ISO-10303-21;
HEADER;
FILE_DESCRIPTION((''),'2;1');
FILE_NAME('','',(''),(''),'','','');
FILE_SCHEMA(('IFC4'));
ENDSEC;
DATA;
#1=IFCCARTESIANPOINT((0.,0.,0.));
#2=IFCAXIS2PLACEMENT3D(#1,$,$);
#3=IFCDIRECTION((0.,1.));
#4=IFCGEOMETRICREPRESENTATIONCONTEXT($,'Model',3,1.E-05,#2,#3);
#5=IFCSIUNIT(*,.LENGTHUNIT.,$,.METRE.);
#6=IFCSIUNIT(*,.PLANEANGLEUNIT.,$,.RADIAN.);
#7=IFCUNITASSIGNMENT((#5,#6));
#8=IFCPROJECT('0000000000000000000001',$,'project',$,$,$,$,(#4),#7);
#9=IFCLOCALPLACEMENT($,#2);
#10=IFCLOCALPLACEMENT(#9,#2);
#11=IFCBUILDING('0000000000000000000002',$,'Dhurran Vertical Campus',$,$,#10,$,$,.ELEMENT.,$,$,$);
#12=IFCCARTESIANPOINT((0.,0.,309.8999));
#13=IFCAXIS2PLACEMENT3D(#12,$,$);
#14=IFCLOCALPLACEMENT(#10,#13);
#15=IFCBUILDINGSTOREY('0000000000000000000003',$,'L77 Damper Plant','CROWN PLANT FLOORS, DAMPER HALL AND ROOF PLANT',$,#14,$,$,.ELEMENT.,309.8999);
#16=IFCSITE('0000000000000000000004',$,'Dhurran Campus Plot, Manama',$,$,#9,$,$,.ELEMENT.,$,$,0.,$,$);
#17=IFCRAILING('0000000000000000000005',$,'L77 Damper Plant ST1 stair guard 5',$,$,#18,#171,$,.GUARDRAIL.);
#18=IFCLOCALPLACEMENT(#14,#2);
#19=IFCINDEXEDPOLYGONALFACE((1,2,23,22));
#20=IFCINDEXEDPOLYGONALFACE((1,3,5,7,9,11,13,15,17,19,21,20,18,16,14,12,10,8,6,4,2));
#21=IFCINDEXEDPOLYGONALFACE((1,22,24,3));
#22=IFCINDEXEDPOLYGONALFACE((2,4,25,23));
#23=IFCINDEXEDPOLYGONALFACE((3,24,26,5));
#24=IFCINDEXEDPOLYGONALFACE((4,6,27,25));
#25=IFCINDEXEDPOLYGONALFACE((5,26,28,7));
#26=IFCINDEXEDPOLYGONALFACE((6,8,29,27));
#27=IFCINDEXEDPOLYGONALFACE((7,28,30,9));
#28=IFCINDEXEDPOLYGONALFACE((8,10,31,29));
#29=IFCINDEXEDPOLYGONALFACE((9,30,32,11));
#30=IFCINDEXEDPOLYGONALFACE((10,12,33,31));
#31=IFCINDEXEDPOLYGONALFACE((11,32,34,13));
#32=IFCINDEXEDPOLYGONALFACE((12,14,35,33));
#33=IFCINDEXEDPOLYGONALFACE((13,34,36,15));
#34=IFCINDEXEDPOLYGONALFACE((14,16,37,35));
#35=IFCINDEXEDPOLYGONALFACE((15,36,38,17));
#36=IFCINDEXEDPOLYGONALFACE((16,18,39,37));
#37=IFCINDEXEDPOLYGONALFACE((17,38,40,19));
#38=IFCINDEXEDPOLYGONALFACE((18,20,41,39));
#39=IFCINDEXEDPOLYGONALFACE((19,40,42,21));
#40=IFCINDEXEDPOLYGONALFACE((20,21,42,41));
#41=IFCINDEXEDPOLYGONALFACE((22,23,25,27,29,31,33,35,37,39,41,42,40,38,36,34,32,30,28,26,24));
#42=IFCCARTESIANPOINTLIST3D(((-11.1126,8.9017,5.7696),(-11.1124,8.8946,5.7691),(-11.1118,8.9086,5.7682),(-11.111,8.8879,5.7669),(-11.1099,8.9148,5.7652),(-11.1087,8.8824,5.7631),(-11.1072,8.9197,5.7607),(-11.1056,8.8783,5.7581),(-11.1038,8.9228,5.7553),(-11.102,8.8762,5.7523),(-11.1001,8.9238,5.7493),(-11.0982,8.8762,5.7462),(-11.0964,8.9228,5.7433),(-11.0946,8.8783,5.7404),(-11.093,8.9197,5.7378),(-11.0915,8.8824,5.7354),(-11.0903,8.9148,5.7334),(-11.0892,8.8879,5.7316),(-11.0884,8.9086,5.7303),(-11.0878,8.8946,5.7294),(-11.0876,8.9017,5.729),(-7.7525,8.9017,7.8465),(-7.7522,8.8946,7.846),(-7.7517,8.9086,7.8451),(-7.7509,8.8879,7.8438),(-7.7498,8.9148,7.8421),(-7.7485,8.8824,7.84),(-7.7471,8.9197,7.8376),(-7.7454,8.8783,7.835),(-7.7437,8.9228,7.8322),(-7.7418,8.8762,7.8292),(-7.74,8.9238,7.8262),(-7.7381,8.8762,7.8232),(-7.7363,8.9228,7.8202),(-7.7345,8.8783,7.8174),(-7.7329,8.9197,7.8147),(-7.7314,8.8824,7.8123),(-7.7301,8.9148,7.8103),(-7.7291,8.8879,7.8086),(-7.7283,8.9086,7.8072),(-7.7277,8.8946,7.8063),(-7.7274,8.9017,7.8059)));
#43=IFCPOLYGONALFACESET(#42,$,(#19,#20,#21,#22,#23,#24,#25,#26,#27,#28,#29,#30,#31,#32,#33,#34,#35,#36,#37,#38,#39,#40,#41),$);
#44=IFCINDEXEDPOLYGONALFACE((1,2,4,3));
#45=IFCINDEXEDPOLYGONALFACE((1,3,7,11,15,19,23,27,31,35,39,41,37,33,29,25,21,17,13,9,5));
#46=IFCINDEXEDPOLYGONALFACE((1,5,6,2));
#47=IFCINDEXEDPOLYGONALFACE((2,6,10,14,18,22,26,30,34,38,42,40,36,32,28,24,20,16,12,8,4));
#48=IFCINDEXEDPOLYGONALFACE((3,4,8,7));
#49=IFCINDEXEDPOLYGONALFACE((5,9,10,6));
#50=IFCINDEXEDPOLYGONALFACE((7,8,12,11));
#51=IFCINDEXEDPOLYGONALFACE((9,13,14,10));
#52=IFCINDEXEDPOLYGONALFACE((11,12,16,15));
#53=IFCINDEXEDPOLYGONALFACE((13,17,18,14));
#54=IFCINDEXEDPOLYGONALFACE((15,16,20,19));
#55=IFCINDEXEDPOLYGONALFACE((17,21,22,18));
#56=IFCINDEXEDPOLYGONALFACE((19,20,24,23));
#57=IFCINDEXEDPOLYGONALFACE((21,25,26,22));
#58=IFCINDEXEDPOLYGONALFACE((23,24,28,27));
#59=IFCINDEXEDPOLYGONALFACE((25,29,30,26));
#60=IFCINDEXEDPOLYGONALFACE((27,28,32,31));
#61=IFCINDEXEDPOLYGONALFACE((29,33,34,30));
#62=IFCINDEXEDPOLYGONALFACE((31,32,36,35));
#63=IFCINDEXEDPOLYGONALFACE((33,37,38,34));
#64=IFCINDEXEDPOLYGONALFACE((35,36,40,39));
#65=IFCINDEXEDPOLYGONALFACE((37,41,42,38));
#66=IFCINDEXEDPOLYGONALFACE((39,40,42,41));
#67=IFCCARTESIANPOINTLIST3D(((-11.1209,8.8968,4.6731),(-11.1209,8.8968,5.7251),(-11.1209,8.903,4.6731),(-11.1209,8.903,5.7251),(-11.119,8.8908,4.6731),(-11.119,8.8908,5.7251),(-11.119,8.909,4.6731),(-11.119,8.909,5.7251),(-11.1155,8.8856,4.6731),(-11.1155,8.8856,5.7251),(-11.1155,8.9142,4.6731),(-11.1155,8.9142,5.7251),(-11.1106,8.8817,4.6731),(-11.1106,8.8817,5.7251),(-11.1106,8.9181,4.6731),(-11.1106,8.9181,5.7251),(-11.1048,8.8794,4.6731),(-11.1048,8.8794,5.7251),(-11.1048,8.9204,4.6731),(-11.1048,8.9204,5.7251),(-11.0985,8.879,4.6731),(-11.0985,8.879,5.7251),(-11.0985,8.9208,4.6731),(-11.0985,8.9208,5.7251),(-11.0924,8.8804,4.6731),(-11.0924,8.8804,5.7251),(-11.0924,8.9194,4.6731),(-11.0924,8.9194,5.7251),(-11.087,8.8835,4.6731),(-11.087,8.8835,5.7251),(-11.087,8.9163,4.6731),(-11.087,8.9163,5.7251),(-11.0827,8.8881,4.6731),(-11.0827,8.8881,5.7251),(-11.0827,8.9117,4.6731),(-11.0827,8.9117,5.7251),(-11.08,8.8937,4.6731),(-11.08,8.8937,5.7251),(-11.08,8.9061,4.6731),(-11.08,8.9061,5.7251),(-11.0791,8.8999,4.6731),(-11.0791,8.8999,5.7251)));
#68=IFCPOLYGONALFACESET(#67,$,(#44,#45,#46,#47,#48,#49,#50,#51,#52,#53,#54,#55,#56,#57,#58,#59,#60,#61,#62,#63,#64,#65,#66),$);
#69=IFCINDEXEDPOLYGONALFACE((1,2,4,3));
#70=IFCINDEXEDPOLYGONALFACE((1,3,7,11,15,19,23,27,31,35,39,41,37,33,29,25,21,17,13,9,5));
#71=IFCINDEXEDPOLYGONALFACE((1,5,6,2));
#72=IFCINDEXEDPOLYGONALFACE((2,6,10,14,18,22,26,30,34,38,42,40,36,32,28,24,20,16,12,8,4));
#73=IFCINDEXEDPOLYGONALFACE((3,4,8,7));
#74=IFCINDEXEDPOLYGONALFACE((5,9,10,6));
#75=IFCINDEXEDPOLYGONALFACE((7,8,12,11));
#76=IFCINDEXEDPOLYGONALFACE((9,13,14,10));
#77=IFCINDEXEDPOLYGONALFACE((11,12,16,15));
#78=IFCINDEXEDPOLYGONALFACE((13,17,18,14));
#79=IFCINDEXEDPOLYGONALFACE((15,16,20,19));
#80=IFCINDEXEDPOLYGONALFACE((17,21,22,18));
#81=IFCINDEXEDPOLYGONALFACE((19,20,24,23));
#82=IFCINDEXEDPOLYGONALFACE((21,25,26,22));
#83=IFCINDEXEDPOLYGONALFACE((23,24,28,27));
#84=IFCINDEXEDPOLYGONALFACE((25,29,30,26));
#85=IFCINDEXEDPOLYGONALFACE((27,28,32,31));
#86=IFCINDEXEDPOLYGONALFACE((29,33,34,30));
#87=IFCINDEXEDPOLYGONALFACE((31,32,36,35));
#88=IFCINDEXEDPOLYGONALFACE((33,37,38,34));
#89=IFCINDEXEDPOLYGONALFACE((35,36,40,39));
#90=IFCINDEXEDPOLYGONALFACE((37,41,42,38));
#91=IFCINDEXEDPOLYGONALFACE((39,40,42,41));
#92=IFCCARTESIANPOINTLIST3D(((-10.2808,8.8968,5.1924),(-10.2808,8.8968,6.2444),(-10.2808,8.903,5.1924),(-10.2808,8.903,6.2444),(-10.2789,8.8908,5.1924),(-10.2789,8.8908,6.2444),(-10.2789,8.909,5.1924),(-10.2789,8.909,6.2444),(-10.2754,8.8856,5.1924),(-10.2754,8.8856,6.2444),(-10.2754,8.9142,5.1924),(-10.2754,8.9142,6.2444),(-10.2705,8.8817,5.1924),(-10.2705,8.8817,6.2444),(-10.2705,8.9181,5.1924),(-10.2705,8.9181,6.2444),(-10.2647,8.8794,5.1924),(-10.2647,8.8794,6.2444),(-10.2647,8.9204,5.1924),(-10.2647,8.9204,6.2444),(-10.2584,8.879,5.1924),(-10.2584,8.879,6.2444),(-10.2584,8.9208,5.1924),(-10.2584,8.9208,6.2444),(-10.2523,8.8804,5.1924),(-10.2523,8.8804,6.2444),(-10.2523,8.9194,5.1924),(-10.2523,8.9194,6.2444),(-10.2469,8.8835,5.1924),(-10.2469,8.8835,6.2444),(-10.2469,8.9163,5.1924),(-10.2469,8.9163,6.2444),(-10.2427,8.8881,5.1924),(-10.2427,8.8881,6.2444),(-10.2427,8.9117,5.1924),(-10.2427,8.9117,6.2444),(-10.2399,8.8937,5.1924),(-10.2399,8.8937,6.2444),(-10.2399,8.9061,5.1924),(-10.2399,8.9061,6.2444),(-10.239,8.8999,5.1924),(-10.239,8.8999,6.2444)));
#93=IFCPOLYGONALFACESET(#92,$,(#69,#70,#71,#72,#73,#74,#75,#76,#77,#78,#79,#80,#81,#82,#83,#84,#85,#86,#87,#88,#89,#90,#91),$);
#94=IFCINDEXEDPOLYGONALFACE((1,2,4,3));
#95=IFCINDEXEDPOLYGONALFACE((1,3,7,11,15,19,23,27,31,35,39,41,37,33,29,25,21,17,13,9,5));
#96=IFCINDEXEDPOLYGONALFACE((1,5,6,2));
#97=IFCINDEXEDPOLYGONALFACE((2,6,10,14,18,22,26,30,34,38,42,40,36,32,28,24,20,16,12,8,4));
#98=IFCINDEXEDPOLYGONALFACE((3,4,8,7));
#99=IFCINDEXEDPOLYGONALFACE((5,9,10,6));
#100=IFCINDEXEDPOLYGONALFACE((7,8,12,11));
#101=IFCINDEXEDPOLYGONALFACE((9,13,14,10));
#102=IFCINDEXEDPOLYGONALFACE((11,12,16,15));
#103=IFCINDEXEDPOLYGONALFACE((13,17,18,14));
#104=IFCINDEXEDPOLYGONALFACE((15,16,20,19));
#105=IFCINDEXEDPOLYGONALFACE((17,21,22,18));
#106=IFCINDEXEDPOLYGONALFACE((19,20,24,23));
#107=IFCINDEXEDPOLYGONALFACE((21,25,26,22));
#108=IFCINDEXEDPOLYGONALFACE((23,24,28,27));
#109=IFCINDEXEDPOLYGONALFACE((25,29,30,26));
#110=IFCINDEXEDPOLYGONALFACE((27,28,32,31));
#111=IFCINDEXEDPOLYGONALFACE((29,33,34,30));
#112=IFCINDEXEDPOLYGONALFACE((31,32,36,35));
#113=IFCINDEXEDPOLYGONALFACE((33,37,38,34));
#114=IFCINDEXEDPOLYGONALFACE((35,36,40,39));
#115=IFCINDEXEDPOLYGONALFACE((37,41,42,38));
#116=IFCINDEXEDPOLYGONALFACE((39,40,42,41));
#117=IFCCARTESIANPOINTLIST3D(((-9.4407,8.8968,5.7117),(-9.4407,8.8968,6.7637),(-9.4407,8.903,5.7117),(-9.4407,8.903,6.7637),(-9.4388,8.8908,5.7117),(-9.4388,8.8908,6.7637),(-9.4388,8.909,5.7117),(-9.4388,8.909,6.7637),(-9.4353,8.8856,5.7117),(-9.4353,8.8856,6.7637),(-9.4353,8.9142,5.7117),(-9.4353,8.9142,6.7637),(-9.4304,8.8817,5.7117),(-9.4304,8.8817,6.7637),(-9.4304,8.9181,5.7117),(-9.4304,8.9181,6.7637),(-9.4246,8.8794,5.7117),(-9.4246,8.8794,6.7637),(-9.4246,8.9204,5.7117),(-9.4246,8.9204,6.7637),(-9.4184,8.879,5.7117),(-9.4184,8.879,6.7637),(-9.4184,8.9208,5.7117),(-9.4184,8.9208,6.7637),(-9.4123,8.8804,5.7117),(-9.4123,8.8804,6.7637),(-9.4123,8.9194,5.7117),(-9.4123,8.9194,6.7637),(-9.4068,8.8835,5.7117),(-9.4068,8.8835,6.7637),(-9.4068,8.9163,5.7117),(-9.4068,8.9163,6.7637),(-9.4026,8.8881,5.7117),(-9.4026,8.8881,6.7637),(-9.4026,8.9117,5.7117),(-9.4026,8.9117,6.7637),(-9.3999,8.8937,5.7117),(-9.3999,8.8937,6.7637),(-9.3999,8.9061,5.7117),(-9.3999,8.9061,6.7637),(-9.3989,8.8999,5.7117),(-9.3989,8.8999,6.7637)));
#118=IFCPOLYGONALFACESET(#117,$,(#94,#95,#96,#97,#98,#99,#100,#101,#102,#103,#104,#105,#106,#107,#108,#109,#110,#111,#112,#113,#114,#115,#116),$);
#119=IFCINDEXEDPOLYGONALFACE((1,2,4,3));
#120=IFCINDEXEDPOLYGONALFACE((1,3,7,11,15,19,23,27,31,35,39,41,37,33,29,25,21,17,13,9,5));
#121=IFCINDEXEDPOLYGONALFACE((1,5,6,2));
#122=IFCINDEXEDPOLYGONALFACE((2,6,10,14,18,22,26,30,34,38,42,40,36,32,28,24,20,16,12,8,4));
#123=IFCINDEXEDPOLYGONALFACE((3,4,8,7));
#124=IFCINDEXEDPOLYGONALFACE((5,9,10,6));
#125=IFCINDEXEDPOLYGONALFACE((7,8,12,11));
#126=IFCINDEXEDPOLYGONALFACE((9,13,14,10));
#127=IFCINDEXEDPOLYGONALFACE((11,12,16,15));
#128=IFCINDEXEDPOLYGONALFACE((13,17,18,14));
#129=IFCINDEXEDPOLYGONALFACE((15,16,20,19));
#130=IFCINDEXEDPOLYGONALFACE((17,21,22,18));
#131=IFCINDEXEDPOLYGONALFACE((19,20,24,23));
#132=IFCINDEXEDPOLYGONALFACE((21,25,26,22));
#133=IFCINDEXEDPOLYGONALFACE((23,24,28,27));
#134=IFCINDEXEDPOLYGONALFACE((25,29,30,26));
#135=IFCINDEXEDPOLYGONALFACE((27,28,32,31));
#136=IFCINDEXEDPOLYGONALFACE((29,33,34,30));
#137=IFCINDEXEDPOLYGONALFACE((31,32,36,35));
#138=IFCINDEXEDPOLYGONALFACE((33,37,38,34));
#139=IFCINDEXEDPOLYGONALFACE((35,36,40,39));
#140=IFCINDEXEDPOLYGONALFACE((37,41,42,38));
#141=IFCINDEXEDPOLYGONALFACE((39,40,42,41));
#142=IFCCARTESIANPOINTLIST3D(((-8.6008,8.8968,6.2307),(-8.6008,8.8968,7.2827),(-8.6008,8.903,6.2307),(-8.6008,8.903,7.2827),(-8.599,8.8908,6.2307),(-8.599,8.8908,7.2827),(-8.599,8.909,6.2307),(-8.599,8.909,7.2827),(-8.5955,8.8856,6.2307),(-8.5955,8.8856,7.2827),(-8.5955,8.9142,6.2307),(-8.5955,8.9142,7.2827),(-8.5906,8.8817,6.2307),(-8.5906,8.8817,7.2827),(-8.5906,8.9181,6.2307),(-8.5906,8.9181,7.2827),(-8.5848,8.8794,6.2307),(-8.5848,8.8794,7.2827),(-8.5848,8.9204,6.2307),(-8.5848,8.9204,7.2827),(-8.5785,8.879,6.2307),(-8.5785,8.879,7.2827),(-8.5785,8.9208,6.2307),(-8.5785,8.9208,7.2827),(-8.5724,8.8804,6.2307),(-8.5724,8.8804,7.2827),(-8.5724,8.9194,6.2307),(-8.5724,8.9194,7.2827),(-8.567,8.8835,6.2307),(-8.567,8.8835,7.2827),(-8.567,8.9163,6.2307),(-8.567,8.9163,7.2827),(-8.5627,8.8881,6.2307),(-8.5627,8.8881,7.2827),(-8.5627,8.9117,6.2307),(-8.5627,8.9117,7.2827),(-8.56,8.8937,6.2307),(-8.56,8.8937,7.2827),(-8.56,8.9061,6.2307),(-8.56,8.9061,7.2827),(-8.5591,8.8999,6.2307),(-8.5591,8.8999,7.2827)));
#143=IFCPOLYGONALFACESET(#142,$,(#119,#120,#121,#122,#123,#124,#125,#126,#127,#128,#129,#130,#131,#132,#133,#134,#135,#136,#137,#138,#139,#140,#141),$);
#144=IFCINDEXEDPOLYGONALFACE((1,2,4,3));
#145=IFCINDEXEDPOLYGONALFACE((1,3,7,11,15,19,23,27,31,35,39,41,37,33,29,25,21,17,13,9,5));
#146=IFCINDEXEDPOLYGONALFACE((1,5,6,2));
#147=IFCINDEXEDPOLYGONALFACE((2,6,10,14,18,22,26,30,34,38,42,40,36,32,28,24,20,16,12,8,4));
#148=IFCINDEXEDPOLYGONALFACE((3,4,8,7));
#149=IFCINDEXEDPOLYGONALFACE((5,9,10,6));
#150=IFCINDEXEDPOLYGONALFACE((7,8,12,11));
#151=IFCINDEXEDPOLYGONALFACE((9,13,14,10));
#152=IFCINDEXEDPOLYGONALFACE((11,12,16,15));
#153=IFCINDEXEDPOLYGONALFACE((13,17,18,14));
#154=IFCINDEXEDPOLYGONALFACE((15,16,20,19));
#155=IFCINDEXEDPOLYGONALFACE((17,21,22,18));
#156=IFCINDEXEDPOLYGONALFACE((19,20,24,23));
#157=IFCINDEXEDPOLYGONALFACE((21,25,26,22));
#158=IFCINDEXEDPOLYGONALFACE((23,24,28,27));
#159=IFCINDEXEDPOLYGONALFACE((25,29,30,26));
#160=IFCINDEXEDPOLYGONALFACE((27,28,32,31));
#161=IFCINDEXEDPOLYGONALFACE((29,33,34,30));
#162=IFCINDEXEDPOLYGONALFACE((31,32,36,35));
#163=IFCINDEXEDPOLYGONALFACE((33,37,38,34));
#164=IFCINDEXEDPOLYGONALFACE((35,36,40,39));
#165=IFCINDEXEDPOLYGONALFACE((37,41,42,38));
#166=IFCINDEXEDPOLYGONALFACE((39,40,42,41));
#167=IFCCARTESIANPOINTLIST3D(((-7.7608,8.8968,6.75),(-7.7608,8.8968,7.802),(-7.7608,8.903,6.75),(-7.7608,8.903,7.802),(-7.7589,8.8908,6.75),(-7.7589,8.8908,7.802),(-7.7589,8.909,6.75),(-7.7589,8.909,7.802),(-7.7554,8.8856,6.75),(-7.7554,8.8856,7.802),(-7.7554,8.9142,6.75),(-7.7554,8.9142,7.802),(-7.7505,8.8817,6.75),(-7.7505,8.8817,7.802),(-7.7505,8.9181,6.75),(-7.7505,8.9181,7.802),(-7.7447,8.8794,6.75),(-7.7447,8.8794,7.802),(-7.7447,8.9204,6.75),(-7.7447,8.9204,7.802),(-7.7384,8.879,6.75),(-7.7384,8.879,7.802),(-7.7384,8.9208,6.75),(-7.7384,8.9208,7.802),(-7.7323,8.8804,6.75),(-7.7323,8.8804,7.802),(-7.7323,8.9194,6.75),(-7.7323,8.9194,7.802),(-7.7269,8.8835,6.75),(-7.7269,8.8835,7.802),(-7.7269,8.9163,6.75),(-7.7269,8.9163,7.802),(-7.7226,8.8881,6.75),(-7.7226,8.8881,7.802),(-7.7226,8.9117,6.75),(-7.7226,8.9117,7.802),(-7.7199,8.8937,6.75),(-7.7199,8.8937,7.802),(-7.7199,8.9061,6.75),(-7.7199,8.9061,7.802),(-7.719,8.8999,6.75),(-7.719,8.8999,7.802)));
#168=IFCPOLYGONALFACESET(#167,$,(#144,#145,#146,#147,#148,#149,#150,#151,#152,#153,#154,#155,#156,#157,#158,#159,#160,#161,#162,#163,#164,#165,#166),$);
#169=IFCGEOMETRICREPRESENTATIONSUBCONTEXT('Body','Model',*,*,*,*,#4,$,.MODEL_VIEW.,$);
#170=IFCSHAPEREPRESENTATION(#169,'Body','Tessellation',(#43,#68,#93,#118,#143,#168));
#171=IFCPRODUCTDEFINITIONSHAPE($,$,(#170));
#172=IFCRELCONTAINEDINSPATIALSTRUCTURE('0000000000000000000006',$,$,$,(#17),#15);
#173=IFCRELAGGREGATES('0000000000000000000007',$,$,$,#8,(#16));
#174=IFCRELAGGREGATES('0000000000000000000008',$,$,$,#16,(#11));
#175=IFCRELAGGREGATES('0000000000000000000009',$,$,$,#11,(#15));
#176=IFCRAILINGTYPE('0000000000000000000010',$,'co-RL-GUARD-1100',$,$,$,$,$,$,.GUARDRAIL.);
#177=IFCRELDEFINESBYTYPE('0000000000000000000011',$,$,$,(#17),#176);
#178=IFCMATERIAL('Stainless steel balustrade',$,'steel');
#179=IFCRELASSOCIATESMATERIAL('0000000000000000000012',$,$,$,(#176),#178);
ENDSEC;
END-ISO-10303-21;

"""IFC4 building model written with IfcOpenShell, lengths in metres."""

from ifc_helpers import new_model, si_unit, direction, frame, origin, origin_2d, place, context, subcontext, project, spatial, circle, extrude, material, type_object, element, save


model = new_model("IFC4")

# Units and contexts
model_context = context("Model", 3, precision=1e-05, world=origin(), true_north=direction((0.0, 1.0)))
body_context = subcontext(model_context, "Body", "Model", "MODEL_VIEW")
ifc_project = project(units=[si_unit("LENGTHUNIT", "METRE"), si_unit("PLANEANGLEUNIT", "RADIAN")], contexts=[model_context])

# Site, building, storey
site_placement = place(None, origin())
site = spatial("IfcSite", under=ifc_project, at=site_placement, Name="Dhurran Campus Plot, Manama", CompositionType="ELEMENT", RefElevation=0.0)
building_placement = place(site_placement, origin())
building = spatial("IfcBuilding", under=site, at=building_placement, Name="Dhurran Vertical Campus", CompositionType="ELEMENT")
storey_placement = place(building_placement, frame((0.0, 0.0, 309.8999)))
storey = spatial("IfcBuildingStorey", under=building, at=storey_placement, Name="L77 Damper Plant", Description="CROWN PLANT FLOORS, DAMPER HALL AND ROOF PLANT", CompositionType="ELEMENT", Elevation=309.8999)

# Railing
ifc_material_1 = material(Name="Stainless steel balustrade", Category="steel")
railing_type_1 = type_object("IfcRailingType", Name="co-RL-GUARD-1100", PredefinedType="GUARDRAIL", material=ifc_material_1)
for number, where, name in (
    (1, (-11.1001, 8.8999, 4.6731), "L77 Damper Plant ST1 stair guard 5"),
):
    element("IfcRailing", number, at=place(storey_placement, frame(where)), inside=storey, type_object=railing_type_1, Name=name, PredefinedType="GUARDRAIL", context=body_context, shape_type="SweptSolid", body=[
        extrude(circle(Radius=0.0239, at=origin_2d()), frame((0.0, 0.0, 1.0762), z_axis=(0.850623, 0.0, 0.525776), x_axis=(0.0, 1.0, 0.0)), (0.0, 0.0, 1.0), 3.9502),
        extrude(circle(Radius=0.021, at=origin_2d()), origin(), (0.0, 0.0, 1.0), 1.052),
        extrude(circle(Radius=0.021, at=origin_2d()), frame((0.8401, 0.0, 0.5193)), (0.0, 0.0, 1.0), 1.052),
        extrude(circle(Radius=0.021, at=origin_2d()), frame((1.6802, 0.0, 1.0386)), (0.0, 0.0, 1.0), 1.052),
        extrude(circle(Radius=0.021, at=origin_2d()), frame((2.52, 0.0, 1.5576)), (0.0, 0.0, 1.0), 1.052),
        extrude(circle(Radius=0.021, at=origin_2d()), frame((3.3601, 0.0, 2.0769)), (0.0, 0.0, 1.0), 1.052),
    ])

save(model, "model.ifc")
